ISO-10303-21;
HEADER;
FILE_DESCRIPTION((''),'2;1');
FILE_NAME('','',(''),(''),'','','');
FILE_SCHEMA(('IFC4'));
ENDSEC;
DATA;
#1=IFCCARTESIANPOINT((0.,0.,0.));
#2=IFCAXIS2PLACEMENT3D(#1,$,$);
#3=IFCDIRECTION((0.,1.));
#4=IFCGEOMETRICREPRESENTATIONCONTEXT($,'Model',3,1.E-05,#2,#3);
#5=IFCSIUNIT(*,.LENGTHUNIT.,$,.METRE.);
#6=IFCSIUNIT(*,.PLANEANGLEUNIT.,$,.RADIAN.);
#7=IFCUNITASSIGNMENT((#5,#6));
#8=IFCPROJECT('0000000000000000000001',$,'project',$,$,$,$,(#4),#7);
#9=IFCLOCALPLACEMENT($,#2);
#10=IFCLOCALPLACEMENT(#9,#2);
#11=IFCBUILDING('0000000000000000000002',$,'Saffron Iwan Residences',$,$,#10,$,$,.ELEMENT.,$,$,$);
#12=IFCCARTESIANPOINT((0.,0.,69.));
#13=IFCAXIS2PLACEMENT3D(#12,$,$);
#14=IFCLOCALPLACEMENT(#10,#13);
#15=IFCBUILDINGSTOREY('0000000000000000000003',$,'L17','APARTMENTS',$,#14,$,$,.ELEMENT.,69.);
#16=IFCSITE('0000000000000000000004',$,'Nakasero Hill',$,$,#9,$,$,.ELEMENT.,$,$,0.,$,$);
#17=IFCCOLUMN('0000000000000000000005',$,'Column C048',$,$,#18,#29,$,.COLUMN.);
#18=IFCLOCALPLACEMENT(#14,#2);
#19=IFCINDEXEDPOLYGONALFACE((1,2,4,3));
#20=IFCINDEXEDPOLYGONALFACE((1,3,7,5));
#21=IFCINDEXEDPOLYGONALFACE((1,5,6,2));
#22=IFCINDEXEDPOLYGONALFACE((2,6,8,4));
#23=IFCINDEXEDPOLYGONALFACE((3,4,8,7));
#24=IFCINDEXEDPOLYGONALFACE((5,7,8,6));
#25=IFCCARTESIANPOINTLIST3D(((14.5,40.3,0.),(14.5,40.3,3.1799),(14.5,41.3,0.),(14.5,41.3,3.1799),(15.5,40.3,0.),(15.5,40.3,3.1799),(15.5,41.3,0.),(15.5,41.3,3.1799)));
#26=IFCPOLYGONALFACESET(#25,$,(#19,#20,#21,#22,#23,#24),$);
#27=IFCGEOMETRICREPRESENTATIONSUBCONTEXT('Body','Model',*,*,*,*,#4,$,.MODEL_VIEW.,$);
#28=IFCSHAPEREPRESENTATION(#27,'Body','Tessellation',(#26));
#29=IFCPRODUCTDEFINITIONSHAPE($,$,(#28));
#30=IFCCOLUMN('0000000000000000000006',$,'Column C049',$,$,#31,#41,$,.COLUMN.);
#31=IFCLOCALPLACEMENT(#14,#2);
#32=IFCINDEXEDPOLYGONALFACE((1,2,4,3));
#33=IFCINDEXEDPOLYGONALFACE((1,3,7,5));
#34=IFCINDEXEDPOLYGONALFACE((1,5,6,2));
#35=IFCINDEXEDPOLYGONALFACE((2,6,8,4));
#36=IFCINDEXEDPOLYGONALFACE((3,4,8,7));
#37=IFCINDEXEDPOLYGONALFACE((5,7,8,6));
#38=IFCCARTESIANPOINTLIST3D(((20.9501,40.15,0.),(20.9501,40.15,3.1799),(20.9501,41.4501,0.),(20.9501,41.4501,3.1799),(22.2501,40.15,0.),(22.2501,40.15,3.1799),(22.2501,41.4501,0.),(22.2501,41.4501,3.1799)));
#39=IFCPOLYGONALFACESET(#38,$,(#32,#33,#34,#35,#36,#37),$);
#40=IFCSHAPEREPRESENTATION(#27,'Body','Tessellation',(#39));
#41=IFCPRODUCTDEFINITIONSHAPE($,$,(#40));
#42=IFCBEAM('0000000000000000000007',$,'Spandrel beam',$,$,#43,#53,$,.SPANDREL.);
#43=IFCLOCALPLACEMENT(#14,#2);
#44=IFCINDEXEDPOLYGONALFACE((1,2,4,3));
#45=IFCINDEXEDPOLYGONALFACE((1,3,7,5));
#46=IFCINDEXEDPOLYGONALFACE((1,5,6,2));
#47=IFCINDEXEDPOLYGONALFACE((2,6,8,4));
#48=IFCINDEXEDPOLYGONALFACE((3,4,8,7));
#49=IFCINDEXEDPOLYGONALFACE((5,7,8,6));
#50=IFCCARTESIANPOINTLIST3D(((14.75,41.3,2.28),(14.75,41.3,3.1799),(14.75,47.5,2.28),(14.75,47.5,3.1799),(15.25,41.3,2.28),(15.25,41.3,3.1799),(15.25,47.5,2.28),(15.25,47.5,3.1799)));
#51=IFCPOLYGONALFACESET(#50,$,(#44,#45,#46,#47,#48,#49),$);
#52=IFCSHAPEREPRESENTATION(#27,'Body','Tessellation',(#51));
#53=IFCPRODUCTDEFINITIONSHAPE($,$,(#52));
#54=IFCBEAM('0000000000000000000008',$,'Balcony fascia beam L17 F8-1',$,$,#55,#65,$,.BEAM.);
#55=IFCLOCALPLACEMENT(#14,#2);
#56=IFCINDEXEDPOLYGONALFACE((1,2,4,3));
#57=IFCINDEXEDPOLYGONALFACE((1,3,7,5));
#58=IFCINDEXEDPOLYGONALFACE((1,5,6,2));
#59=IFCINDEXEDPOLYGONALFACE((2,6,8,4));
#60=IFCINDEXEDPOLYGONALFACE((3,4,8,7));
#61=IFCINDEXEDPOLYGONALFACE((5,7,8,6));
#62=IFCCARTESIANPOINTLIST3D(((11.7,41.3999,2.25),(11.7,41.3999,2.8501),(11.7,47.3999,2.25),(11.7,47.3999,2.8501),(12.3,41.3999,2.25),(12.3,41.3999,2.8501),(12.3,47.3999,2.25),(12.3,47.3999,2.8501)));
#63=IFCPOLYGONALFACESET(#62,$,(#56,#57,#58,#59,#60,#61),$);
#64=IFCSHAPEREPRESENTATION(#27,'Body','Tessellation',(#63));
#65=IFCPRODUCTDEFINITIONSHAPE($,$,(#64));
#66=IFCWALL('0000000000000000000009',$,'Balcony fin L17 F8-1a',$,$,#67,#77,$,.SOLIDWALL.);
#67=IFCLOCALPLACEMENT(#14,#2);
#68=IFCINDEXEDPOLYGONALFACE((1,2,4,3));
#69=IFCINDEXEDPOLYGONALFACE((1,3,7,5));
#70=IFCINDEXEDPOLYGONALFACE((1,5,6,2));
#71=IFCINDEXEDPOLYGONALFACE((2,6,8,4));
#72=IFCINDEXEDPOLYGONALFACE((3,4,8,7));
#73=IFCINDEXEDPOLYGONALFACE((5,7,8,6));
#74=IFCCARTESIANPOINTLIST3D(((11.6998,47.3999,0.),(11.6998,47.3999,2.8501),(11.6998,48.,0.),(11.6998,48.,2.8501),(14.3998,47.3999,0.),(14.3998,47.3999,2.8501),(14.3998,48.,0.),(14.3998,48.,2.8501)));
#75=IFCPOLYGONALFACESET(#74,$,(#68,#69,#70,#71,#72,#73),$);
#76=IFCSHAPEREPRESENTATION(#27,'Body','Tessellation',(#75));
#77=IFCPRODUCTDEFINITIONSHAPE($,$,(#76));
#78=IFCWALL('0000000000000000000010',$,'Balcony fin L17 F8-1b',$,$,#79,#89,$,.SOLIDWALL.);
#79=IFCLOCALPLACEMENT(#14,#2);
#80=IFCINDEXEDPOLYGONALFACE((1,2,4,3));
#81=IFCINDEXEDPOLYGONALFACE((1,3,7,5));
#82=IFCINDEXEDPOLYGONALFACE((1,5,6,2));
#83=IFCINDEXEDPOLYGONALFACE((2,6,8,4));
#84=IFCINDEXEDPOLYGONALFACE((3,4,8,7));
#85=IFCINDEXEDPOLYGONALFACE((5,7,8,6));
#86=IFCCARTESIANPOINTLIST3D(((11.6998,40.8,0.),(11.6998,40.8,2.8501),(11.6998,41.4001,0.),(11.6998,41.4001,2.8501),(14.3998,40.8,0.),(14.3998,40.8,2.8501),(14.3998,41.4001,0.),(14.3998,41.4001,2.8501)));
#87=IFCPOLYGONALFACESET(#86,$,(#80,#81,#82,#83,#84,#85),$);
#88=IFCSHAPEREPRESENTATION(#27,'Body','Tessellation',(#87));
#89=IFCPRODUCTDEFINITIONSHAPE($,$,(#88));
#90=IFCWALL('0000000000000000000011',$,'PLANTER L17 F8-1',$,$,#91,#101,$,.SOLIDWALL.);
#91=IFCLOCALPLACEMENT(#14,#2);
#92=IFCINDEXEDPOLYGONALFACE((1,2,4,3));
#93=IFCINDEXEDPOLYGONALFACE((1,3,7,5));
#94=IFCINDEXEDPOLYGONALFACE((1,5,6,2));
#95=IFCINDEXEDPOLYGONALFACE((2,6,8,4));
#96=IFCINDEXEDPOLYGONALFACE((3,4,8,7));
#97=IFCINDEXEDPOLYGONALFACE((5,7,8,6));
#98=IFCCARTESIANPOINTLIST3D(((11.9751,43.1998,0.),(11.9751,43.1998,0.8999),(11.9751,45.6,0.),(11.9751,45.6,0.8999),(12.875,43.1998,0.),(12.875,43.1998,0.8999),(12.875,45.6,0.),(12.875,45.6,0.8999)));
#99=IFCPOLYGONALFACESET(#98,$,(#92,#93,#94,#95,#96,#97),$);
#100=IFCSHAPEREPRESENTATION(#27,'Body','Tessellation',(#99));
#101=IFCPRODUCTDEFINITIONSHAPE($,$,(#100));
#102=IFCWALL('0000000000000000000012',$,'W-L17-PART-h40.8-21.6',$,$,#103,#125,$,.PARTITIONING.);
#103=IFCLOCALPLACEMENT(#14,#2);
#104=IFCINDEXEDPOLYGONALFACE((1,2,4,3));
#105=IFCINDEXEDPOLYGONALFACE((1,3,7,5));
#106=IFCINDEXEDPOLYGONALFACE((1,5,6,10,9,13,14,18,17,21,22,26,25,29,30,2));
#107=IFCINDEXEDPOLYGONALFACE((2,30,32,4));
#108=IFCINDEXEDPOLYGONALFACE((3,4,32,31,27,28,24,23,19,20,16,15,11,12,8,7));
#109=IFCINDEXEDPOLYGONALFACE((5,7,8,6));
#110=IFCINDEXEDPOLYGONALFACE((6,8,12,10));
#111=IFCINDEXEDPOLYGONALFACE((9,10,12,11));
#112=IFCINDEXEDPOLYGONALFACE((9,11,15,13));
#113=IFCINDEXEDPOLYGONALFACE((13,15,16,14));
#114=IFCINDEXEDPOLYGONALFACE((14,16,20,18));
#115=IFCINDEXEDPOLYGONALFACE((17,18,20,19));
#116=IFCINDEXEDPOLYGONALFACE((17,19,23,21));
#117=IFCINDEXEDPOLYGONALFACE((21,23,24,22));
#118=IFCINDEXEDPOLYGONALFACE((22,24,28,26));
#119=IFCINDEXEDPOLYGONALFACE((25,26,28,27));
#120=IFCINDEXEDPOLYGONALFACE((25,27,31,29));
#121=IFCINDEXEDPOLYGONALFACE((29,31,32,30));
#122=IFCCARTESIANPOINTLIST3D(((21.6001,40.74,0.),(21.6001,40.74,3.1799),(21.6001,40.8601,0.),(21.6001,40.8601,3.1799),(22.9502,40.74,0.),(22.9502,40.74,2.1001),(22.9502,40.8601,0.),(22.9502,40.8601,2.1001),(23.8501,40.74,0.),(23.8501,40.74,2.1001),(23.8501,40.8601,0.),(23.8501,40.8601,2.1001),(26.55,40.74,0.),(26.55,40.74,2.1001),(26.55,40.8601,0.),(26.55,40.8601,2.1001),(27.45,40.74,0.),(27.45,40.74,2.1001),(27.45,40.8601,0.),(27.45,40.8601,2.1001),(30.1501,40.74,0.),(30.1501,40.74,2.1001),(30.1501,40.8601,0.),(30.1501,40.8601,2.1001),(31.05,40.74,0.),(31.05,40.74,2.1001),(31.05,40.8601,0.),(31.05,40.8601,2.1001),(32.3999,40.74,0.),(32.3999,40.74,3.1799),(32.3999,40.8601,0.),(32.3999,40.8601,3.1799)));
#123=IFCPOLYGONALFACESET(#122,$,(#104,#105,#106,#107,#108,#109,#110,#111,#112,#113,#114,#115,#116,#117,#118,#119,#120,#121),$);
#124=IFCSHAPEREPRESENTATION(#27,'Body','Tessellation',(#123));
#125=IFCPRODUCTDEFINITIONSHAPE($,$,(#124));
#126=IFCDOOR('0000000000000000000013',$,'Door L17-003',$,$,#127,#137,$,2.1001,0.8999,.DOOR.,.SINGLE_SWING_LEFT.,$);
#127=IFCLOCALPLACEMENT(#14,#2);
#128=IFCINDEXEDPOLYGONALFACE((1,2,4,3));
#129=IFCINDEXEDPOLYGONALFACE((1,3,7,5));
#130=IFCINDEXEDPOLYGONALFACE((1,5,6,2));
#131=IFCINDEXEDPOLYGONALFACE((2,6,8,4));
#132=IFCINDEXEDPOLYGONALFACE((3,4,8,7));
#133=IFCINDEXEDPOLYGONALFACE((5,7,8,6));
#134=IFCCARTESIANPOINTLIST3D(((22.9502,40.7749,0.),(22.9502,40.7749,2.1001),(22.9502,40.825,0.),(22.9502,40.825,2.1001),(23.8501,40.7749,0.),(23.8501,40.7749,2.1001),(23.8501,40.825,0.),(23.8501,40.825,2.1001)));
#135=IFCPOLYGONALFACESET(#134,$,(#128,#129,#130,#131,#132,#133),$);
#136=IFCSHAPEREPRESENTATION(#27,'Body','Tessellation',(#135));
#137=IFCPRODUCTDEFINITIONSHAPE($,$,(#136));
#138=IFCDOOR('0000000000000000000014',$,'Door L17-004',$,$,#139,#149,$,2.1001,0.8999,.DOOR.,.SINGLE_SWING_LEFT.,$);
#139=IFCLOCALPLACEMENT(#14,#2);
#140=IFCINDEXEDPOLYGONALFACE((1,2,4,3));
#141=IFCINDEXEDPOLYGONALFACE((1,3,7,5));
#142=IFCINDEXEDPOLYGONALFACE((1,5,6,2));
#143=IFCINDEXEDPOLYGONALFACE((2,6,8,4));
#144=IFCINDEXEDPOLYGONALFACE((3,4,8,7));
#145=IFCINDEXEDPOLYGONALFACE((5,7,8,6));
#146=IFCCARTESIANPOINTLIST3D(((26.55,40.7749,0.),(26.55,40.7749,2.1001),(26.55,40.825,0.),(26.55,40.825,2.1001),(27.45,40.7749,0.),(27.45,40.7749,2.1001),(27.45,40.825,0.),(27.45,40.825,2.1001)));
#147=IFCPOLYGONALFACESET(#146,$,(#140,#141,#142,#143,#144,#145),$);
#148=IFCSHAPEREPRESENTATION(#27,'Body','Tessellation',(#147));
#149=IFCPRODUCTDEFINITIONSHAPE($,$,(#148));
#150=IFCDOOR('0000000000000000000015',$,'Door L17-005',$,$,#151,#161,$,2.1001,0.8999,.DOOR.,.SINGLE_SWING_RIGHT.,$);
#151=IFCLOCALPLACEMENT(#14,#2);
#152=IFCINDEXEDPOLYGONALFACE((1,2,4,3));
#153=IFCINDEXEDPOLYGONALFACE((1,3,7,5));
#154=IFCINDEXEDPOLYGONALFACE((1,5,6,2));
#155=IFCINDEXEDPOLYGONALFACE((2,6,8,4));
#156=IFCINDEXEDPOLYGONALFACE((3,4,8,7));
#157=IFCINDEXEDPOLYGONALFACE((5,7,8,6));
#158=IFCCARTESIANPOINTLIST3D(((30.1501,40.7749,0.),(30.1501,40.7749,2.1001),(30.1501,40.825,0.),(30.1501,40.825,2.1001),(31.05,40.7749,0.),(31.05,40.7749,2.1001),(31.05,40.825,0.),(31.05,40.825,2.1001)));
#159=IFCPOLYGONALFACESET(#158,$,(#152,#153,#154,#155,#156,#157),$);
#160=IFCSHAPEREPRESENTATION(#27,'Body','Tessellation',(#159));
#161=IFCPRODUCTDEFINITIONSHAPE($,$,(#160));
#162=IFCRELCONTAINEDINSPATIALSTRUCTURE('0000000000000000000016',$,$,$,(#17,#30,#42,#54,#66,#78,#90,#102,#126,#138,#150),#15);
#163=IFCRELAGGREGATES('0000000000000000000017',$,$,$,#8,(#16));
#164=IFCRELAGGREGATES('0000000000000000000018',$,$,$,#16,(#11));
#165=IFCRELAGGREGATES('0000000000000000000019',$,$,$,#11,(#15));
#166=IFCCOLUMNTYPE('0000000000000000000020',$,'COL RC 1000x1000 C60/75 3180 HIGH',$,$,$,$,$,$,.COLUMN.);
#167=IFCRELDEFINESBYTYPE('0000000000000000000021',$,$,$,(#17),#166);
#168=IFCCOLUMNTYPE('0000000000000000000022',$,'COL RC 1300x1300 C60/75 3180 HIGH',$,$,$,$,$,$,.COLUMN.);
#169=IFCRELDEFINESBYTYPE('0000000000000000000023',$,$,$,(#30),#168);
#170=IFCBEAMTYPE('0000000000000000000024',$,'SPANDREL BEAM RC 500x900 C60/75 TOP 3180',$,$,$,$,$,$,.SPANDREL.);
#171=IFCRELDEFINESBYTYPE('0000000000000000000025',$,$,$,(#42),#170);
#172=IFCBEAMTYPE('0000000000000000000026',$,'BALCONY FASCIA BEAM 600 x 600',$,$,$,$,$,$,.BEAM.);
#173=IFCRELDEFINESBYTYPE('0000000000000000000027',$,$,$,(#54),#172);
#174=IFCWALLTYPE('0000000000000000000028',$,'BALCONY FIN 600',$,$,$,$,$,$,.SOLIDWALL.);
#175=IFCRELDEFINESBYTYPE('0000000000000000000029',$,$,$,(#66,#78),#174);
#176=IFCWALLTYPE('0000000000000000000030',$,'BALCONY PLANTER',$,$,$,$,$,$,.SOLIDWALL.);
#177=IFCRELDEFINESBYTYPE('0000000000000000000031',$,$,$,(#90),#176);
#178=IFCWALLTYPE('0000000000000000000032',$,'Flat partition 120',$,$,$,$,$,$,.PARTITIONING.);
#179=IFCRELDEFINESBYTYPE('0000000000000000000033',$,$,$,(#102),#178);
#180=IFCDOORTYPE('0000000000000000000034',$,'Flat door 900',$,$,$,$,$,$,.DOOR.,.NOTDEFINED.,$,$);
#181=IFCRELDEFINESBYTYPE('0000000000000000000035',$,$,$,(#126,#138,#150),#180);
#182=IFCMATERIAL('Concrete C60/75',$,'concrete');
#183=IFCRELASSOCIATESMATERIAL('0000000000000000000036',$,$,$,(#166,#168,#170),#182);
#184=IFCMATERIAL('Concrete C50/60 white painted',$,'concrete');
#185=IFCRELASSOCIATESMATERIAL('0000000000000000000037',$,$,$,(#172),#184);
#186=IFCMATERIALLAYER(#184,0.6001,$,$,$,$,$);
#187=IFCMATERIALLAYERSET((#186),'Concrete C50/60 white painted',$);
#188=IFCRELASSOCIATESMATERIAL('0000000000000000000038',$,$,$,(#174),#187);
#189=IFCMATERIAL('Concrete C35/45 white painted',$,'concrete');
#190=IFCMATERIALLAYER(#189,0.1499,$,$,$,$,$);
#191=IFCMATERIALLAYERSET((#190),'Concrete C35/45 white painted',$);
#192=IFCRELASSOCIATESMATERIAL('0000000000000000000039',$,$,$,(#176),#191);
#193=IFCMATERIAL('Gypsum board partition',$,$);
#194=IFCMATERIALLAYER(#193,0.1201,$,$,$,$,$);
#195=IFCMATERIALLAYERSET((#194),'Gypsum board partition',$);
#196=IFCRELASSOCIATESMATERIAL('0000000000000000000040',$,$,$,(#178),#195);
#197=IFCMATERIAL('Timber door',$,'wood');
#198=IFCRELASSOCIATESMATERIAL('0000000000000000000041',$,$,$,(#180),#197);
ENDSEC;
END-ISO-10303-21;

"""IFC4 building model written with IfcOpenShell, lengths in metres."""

from ifc_helpers import new_model, si_unit, direction, frame, frame_2d, origin, origin_2d, place, context, subcontext, project, spatial, rectangle, extrude, source, transform, mapped, material, layer, layer_set, material_profile, profile_set, type_object, element, fill, save


model = new_model("IFC4")

# Units and contexts
model_context = context("Model", 3, precision=1e-05, world=origin(), true_north=direction((0.0, 1.0)))
body_context = subcontext(model_context, "Body", "Model", "MODEL_VIEW")
ifc_project = project(units=[si_unit("LENGTHUNIT", "METRE"), si_unit("PLANEANGLEUNIT", "RADIAN")], contexts=[model_context])

# Site, building, storey
site_placement = place(None, origin())
site = spatial("IfcSite", under=ifc_project, at=site_placement, Name="Nakasero Hill", CompositionType="ELEMENT", RefElevation=0.0)
building_placement = place(site_placement, origin())
building = spatial("IfcBuilding", under=site, at=building_placement, Name="Saffron Iwan Residences", CompositionType="ELEMENT")
storey_placement = place(building_placement, frame((0.0, 0.0, 69.0)))
storey = spatial("IfcBuildingStorey", under=building, at=storey_placement, Name="L17", Description="APARTMENTS", CompositionType="ELEMENT", Elevation=69.0)

# Columns
ifc_material_1 = material(Name="Concrete C60/75", Category="concrete")
ifc_material_profile_1 = material_profile(ifc_material_1, rectangle(XDim=1.0, YDim=1.0, at=origin_2d()), Name="RC 1000x1000")
ifc_profile_set_1 = profile_set([ifc_material_profile_1], Name="Concrete C60/75")
column_type_1 = type_object("IfcColumnType", Name="COL RC 1000x1000 C60/75 3180 HIGH", PredefinedType="COLUMN", material=ifc_profile_set_1)
shared_shape_1 = source(origin(), body_context, "Body", "SweptSolid", [
    extrude(rectangle(XDim=1.0, YDim=1.0, at=origin_2d()), origin(), (0.0, 0.0, 1.0), 3.1799),
])
column_1_placement = place(storey_placement, frame((15.0, 40.8, 0.0), z_axis=(0.0, 0.0, 1.0), x_axis=(1.0, 0.0, 0.0)))
element("IfcColumn", 1, at=column_1_placement, inside=storey, type_object=column_type_1, Name="Column C048", PredefinedType="COLUMN", context=body_context, shape_type="MappedRepresentation", body=[
    mapped(shared_shape_1, transform((0.0, 0.0, 0.0))),
])
ifc_material_profile_2 = material_profile(ifc_material_1, rectangle(XDim=1.3, YDim=1.3, at=origin_2d()), Name="RC 1300x1300")
ifc_profile_set_2 = profile_set([ifc_material_profile_2], Name="Concrete C60/75")
column_type_2 = type_object("IfcColumnType", Name="COL RC 1300x1300 C60/75 3180 HIGH", PredefinedType="COLUMN", material=ifc_profile_set_2)
shared_shape_2 = source(origin(), body_context, "Body", "SweptSolid", [
    extrude(rectangle(XDim=1.3, YDim=1.3, at=origin_2d()), origin(), (0.0, 0.0, 1.0), 3.1799),
])
column_2_placement = place(storey_placement, frame((21.6001, 40.8, 0.0), z_axis=(0.0, 0.0, 1.0), x_axis=(1.0, 0.0, 0.0)))
element("IfcColumn", 2, at=column_2_placement, inside=storey, type_object=column_type_2, Name="Column C049", PredefinedType="COLUMN", context=body_context, shape_type="MappedRepresentation", body=[
    mapped(shared_shape_2, transform((0.0, 0.0, 0.0))),
])

# Beams
ifc_material_profile_3 = material_profile(ifc_material_1, rectangle(XDim=0.5, YDim=0.8999, at=origin_2d()), Name="RC 500x900")
ifc_profile_set_3 = profile_set([ifc_material_profile_3], Name="Concrete C60/75")
beam_type_1 = type_object("IfcBeamType", Name="SPANDREL BEAM RC 500x900 C60/75 TOP 3180", PredefinedType="SPANDREL", material=ifc_profile_set_3)
shared_shape_3 = source(origin(), body_context, "Body", "SweptSolid", [
    extrude(rectangle(XDim=0.5, YDim=0.8999, at=origin_2d()), origin(), (0.0, 0.0, 1.0), 6.2),
])
beam_1_placement = place(storey_placement, frame((15.0, 41.3, 2.73), z_axis=(0.0, 1.0, 0.0), x_axis=(-1.0, 0.0, 0.0)))
element("IfcBeam", 3, at=beam_1_placement, inside=storey, type_object=beam_type_1, Name="Spandrel beam", PredefinedType="SPANDREL", context=body_context, shape_type="MappedRepresentation", body=[
    mapped(shared_shape_3, transform((0.0, 0.0, 0.0))),
])
ifc_material_2 = material(Name="Concrete C50/60 white painted", Category="concrete")
ifc_material_profile_4 = material_profile(ifc_material_2, rectangle(XDim=0.6001, YDim=0.6001, at=origin_2d()), Name="BALCONY FASCIA BEAM 600 x 600")
ifc_profile_set_4 = profile_set([ifc_material_profile_4], Name="Concrete C50/60 white painted")
beam_type_2 = type_object("IfcBeamType", Name="BALCONY FASCIA BEAM 600 x 600", PredefinedType="BEAM", material=ifc_profile_set_4)
shared_shape_4 = source(origin(), body_context, "Body", "SweptSolid", [
    extrude(rectangle(XDim=0.6001, YDim=0.6001, at=origin_2d()), origin(), (0.0, 0.0, 1.0), 6.0),
])
beam_2_placement = place(storey_placement, frame((12.0, 47.3999, 2.55), z_axis=(0.0, -1.0, 0.0), x_axis=(1.0, 0.0, 0.0)))
element("IfcBeam", 4, at=beam_2_placement, inside=storey, type_object=beam_type_2, Name="Balcony fascia beam L17 F8-1", PredefinedType="BEAM", context=body_context, shape_type="MappedRepresentation", body=[
    mapped(shared_shape_4, transform((0.0, 0.0, 0.0))),
])

# Walls
ifc_layer_1 = layer(ifc_material_2, 0.6001)
ifc_layer_set_1 = layer_set([ifc_layer_1], Name="Concrete C50/60 white painted")
wall_type_1 = type_object("IfcWallType", Name="BALCONY FIN 600", PredefinedType="SOLIDWALL", material=ifc_layer_set_1)
for number, where, z_axis, x_axis, name in (
    (5, (14.3999, 47.7, 0.0), (0.0, 0.0, 1.0), (-1.0, 0.0, 0.0), "Balcony fin L17 F8-1a"),
    (6, (14.3999, 41.1001, 0.0), (0.0, 0.0, 1.0), (-1.0, 0.0, 0.0), "Balcony fin L17 F8-1b"),
):
    element("IfcWall", number, at=place(storey_placement, frame(where, z_axis=z_axis, x_axis=x_axis)), inside=storey, type_object=wall_type_1, Name=name, PredefinedType="SOLIDWALL", context=body_context, shape_type="SweptSolid", body=[
        extrude(rectangle(XDim=2.7, YDim=0.6001, at=frame_2d((1.3501, 0.0))), origin(), (0.0, 0.0, 1.0), 2.8501),
    ])
ifc_material_3 = material(Name="Concrete C35/45 white painted", Category="concrete")
ifc_layer_2 = layer(ifc_material_3, 0.1499)
ifc_layer_set_2 = layer_set([ifc_layer_2], Name="Concrete C35/45 white painted")
wall_type_2 = type_object("IfcWallType", Name="BALCONY PLANTER", PredefinedType="SOLIDWALL", material=ifc_layer_set_2)
wall_1_placement = place(storey_placement, frame((12.425, 45.6001, 0.0), z_axis=(0.0, 0.0, 1.0), x_axis=(0.0, -1.0, 0.0)))
element("IfcWall", 7, at=wall_1_placement, inside=storey, type_object=wall_type_2, Name="PLANTER L17 F8-1", PredefinedType="SOLIDWALL", context=body_context, shape_type="SweptSolid", body=[
    extrude(rectangle(XDim=2.4001, YDim=0.8999, at=frame_2d((1.2002, 0.0))), origin(), (0.0, 0.0, 1.0), 0.8999),
])

# Wall, openings, doors
ifc_material_4 = material(Name="Gypsum board partition")
ifc_layer_3 = layer(ifc_material_4, 0.1201)
ifc_layer_set_3 = layer_set([ifc_layer_3], Name="Gypsum board partition")
wall_type_3 = type_object("IfcWallType", Name="Flat partition 120", PredefinedType="PARTITIONING", material=ifc_layer_set_3)
wall_2_placement = place(storey_placement, frame((21.6001, 40.8, 0.0), z_axis=(0.0, 0.0, 1.0), x_axis=(1.0, 0.0, 0.0)))
wall_2 = element("IfcWall", 8, at=wall_2_placement, inside=storey, type_object=wall_type_3, Name="W-L17-PART-h40.8-21.6", PredefinedType="PARTITIONING", context=body_context, shape_type="SweptSolid", body=[
    extrude(rectangle(XDim=10.7998, YDim=0.1201, at=frame_2d((5.3999, 0.0))), origin(), (0.0, 0.0, 1.0), 3.1799),
])
opening_1_placement = place(wall_2_placement, frame((1.3501, 0.0, 0.0)))
opening_1 = element("IfcOpeningElement", 9, at=opening_1_placement, cuts=wall_2, PredefinedType="OPENING", context=body_context, shape_type="SweptSolid", body=[
    extrude(rectangle(XDim=0.8999, YDim=2.1001, at=frame_2d((0.45, 1.05))), frame((0.0, 0.0701, 0.0), z_axis=(0.0, -1.0, 0.0), x_axis=(1.0, 0.0, 0.0)), (0.0, 0.0, 1.0), 0.1401),
])
opening_2_placement = place(wall_2_placement, frame((4.95, 0.0, 0.0)))
opening_2 = element("IfcOpeningElement", 10, at=opening_2_placement, cuts=wall_2, PredefinedType="OPENING", context=body_context, shape_type="SweptSolid", body=[
    extrude(rectangle(XDim=0.8999, YDim=2.1001, at=frame_2d((0.45, 1.05))), frame((0.0, 0.0701, 0.0), z_axis=(0.0, -1.0, 0.0), x_axis=(1.0, 0.0, 0.0)), (0.0, 0.0, 1.0), 0.1401),
])
opening_3_placement = place(wall_2_placement, frame((8.55, 0.0, 0.0)))
opening_3 = element("IfcOpeningElement", 11, at=opening_3_placement, cuts=wall_2, PredefinedType="OPENING", context=body_context, shape_type="SweptSolid", body=[
    extrude(rectangle(XDim=0.8999, YDim=2.1001, at=frame_2d((0.45, 1.05))), frame((0.0, 0.0701, 0.0), z_axis=(0.0, -1.0, 0.0), x_axis=(1.0, 0.0, 0.0)), (0.0, 0.0, 1.0), 0.1401),
])
ifc_material_5 = material(Name="Timber door", Category="wood")
door_type_1 = type_object("IfcDoorType", Name="Flat door 900", OperationType="NOTDEFINED", PredefinedType="DOOR", material=ifc_material_5)
door_1_placement = place(opening_1_placement, origin())
door_1 = element("IfcDoor", 12, at=door_1_placement, inside=storey, type_object=door_type_1, Name="Door L17-003", OperationType="SINGLE_SWING_LEFT", OverallHeight=2.1001, OverallWidth=0.8999, PredefinedType="DOOR", context=body_context, shape_type="SweptSolid", body=[
    extrude(rectangle(XDim=0.8999, YDim=2.1001, at=frame_2d((0.45, 1.05))), frame((0.0, 0.0249, 0.0), z_axis=(0.0, -1.0, 0.0), x_axis=(1.0, 0.0, 0.0)), (0.0, 0.0, 1.0), 0.05),
])
fill(opening_1, door_1)
door_2_placement = place(opening_2_placement, origin())
door_2 = element("IfcDoor", 13, at=door_2_placement, inside=storey, type_object=door_type_1, Name="Door L17-004", OperationType="SINGLE_SWING_LEFT", OverallHeight=2.1001, OverallWidth=0.8999, PredefinedType="DOOR", context=body_context, shape_type="SweptSolid", body=[
    extrude(rectangle(XDim=0.8999, YDim=2.1001, at=frame_2d((0.45, 1.05))), frame((0.0, 0.0249, 0.0), z_axis=(0.0, -1.0, 0.0), x_axis=(1.0, 0.0, 0.0)), (0.0, 0.0, 1.0), 0.05),
])
fill(opening_2, door_2)
door_3_placement = place(opening_3_placement, origin())
door_3 = element("IfcDoor", 14, at=door_3_placement, inside=storey, type_object=door_type_1, Name="Door L17-005", OperationType="SINGLE_SWING_RIGHT", OverallHeight=2.1001, OverallWidth=0.8999, PredefinedType="DOOR", context=body_context, shape_type="SweptSolid", body=[
    extrude(rectangle(XDim=0.8999, YDim=2.1001, at=frame_2d((0.45, 1.05))), frame((0.0, 0.0249, 0.0), z_axis=(0.0, -1.0, 0.0), x_axis=(1.0, 0.0, 0.0)), (0.0, 0.0, 1.0), 0.05),
])
fill(opening_3, door_3)

save(model, "model.ifc")
